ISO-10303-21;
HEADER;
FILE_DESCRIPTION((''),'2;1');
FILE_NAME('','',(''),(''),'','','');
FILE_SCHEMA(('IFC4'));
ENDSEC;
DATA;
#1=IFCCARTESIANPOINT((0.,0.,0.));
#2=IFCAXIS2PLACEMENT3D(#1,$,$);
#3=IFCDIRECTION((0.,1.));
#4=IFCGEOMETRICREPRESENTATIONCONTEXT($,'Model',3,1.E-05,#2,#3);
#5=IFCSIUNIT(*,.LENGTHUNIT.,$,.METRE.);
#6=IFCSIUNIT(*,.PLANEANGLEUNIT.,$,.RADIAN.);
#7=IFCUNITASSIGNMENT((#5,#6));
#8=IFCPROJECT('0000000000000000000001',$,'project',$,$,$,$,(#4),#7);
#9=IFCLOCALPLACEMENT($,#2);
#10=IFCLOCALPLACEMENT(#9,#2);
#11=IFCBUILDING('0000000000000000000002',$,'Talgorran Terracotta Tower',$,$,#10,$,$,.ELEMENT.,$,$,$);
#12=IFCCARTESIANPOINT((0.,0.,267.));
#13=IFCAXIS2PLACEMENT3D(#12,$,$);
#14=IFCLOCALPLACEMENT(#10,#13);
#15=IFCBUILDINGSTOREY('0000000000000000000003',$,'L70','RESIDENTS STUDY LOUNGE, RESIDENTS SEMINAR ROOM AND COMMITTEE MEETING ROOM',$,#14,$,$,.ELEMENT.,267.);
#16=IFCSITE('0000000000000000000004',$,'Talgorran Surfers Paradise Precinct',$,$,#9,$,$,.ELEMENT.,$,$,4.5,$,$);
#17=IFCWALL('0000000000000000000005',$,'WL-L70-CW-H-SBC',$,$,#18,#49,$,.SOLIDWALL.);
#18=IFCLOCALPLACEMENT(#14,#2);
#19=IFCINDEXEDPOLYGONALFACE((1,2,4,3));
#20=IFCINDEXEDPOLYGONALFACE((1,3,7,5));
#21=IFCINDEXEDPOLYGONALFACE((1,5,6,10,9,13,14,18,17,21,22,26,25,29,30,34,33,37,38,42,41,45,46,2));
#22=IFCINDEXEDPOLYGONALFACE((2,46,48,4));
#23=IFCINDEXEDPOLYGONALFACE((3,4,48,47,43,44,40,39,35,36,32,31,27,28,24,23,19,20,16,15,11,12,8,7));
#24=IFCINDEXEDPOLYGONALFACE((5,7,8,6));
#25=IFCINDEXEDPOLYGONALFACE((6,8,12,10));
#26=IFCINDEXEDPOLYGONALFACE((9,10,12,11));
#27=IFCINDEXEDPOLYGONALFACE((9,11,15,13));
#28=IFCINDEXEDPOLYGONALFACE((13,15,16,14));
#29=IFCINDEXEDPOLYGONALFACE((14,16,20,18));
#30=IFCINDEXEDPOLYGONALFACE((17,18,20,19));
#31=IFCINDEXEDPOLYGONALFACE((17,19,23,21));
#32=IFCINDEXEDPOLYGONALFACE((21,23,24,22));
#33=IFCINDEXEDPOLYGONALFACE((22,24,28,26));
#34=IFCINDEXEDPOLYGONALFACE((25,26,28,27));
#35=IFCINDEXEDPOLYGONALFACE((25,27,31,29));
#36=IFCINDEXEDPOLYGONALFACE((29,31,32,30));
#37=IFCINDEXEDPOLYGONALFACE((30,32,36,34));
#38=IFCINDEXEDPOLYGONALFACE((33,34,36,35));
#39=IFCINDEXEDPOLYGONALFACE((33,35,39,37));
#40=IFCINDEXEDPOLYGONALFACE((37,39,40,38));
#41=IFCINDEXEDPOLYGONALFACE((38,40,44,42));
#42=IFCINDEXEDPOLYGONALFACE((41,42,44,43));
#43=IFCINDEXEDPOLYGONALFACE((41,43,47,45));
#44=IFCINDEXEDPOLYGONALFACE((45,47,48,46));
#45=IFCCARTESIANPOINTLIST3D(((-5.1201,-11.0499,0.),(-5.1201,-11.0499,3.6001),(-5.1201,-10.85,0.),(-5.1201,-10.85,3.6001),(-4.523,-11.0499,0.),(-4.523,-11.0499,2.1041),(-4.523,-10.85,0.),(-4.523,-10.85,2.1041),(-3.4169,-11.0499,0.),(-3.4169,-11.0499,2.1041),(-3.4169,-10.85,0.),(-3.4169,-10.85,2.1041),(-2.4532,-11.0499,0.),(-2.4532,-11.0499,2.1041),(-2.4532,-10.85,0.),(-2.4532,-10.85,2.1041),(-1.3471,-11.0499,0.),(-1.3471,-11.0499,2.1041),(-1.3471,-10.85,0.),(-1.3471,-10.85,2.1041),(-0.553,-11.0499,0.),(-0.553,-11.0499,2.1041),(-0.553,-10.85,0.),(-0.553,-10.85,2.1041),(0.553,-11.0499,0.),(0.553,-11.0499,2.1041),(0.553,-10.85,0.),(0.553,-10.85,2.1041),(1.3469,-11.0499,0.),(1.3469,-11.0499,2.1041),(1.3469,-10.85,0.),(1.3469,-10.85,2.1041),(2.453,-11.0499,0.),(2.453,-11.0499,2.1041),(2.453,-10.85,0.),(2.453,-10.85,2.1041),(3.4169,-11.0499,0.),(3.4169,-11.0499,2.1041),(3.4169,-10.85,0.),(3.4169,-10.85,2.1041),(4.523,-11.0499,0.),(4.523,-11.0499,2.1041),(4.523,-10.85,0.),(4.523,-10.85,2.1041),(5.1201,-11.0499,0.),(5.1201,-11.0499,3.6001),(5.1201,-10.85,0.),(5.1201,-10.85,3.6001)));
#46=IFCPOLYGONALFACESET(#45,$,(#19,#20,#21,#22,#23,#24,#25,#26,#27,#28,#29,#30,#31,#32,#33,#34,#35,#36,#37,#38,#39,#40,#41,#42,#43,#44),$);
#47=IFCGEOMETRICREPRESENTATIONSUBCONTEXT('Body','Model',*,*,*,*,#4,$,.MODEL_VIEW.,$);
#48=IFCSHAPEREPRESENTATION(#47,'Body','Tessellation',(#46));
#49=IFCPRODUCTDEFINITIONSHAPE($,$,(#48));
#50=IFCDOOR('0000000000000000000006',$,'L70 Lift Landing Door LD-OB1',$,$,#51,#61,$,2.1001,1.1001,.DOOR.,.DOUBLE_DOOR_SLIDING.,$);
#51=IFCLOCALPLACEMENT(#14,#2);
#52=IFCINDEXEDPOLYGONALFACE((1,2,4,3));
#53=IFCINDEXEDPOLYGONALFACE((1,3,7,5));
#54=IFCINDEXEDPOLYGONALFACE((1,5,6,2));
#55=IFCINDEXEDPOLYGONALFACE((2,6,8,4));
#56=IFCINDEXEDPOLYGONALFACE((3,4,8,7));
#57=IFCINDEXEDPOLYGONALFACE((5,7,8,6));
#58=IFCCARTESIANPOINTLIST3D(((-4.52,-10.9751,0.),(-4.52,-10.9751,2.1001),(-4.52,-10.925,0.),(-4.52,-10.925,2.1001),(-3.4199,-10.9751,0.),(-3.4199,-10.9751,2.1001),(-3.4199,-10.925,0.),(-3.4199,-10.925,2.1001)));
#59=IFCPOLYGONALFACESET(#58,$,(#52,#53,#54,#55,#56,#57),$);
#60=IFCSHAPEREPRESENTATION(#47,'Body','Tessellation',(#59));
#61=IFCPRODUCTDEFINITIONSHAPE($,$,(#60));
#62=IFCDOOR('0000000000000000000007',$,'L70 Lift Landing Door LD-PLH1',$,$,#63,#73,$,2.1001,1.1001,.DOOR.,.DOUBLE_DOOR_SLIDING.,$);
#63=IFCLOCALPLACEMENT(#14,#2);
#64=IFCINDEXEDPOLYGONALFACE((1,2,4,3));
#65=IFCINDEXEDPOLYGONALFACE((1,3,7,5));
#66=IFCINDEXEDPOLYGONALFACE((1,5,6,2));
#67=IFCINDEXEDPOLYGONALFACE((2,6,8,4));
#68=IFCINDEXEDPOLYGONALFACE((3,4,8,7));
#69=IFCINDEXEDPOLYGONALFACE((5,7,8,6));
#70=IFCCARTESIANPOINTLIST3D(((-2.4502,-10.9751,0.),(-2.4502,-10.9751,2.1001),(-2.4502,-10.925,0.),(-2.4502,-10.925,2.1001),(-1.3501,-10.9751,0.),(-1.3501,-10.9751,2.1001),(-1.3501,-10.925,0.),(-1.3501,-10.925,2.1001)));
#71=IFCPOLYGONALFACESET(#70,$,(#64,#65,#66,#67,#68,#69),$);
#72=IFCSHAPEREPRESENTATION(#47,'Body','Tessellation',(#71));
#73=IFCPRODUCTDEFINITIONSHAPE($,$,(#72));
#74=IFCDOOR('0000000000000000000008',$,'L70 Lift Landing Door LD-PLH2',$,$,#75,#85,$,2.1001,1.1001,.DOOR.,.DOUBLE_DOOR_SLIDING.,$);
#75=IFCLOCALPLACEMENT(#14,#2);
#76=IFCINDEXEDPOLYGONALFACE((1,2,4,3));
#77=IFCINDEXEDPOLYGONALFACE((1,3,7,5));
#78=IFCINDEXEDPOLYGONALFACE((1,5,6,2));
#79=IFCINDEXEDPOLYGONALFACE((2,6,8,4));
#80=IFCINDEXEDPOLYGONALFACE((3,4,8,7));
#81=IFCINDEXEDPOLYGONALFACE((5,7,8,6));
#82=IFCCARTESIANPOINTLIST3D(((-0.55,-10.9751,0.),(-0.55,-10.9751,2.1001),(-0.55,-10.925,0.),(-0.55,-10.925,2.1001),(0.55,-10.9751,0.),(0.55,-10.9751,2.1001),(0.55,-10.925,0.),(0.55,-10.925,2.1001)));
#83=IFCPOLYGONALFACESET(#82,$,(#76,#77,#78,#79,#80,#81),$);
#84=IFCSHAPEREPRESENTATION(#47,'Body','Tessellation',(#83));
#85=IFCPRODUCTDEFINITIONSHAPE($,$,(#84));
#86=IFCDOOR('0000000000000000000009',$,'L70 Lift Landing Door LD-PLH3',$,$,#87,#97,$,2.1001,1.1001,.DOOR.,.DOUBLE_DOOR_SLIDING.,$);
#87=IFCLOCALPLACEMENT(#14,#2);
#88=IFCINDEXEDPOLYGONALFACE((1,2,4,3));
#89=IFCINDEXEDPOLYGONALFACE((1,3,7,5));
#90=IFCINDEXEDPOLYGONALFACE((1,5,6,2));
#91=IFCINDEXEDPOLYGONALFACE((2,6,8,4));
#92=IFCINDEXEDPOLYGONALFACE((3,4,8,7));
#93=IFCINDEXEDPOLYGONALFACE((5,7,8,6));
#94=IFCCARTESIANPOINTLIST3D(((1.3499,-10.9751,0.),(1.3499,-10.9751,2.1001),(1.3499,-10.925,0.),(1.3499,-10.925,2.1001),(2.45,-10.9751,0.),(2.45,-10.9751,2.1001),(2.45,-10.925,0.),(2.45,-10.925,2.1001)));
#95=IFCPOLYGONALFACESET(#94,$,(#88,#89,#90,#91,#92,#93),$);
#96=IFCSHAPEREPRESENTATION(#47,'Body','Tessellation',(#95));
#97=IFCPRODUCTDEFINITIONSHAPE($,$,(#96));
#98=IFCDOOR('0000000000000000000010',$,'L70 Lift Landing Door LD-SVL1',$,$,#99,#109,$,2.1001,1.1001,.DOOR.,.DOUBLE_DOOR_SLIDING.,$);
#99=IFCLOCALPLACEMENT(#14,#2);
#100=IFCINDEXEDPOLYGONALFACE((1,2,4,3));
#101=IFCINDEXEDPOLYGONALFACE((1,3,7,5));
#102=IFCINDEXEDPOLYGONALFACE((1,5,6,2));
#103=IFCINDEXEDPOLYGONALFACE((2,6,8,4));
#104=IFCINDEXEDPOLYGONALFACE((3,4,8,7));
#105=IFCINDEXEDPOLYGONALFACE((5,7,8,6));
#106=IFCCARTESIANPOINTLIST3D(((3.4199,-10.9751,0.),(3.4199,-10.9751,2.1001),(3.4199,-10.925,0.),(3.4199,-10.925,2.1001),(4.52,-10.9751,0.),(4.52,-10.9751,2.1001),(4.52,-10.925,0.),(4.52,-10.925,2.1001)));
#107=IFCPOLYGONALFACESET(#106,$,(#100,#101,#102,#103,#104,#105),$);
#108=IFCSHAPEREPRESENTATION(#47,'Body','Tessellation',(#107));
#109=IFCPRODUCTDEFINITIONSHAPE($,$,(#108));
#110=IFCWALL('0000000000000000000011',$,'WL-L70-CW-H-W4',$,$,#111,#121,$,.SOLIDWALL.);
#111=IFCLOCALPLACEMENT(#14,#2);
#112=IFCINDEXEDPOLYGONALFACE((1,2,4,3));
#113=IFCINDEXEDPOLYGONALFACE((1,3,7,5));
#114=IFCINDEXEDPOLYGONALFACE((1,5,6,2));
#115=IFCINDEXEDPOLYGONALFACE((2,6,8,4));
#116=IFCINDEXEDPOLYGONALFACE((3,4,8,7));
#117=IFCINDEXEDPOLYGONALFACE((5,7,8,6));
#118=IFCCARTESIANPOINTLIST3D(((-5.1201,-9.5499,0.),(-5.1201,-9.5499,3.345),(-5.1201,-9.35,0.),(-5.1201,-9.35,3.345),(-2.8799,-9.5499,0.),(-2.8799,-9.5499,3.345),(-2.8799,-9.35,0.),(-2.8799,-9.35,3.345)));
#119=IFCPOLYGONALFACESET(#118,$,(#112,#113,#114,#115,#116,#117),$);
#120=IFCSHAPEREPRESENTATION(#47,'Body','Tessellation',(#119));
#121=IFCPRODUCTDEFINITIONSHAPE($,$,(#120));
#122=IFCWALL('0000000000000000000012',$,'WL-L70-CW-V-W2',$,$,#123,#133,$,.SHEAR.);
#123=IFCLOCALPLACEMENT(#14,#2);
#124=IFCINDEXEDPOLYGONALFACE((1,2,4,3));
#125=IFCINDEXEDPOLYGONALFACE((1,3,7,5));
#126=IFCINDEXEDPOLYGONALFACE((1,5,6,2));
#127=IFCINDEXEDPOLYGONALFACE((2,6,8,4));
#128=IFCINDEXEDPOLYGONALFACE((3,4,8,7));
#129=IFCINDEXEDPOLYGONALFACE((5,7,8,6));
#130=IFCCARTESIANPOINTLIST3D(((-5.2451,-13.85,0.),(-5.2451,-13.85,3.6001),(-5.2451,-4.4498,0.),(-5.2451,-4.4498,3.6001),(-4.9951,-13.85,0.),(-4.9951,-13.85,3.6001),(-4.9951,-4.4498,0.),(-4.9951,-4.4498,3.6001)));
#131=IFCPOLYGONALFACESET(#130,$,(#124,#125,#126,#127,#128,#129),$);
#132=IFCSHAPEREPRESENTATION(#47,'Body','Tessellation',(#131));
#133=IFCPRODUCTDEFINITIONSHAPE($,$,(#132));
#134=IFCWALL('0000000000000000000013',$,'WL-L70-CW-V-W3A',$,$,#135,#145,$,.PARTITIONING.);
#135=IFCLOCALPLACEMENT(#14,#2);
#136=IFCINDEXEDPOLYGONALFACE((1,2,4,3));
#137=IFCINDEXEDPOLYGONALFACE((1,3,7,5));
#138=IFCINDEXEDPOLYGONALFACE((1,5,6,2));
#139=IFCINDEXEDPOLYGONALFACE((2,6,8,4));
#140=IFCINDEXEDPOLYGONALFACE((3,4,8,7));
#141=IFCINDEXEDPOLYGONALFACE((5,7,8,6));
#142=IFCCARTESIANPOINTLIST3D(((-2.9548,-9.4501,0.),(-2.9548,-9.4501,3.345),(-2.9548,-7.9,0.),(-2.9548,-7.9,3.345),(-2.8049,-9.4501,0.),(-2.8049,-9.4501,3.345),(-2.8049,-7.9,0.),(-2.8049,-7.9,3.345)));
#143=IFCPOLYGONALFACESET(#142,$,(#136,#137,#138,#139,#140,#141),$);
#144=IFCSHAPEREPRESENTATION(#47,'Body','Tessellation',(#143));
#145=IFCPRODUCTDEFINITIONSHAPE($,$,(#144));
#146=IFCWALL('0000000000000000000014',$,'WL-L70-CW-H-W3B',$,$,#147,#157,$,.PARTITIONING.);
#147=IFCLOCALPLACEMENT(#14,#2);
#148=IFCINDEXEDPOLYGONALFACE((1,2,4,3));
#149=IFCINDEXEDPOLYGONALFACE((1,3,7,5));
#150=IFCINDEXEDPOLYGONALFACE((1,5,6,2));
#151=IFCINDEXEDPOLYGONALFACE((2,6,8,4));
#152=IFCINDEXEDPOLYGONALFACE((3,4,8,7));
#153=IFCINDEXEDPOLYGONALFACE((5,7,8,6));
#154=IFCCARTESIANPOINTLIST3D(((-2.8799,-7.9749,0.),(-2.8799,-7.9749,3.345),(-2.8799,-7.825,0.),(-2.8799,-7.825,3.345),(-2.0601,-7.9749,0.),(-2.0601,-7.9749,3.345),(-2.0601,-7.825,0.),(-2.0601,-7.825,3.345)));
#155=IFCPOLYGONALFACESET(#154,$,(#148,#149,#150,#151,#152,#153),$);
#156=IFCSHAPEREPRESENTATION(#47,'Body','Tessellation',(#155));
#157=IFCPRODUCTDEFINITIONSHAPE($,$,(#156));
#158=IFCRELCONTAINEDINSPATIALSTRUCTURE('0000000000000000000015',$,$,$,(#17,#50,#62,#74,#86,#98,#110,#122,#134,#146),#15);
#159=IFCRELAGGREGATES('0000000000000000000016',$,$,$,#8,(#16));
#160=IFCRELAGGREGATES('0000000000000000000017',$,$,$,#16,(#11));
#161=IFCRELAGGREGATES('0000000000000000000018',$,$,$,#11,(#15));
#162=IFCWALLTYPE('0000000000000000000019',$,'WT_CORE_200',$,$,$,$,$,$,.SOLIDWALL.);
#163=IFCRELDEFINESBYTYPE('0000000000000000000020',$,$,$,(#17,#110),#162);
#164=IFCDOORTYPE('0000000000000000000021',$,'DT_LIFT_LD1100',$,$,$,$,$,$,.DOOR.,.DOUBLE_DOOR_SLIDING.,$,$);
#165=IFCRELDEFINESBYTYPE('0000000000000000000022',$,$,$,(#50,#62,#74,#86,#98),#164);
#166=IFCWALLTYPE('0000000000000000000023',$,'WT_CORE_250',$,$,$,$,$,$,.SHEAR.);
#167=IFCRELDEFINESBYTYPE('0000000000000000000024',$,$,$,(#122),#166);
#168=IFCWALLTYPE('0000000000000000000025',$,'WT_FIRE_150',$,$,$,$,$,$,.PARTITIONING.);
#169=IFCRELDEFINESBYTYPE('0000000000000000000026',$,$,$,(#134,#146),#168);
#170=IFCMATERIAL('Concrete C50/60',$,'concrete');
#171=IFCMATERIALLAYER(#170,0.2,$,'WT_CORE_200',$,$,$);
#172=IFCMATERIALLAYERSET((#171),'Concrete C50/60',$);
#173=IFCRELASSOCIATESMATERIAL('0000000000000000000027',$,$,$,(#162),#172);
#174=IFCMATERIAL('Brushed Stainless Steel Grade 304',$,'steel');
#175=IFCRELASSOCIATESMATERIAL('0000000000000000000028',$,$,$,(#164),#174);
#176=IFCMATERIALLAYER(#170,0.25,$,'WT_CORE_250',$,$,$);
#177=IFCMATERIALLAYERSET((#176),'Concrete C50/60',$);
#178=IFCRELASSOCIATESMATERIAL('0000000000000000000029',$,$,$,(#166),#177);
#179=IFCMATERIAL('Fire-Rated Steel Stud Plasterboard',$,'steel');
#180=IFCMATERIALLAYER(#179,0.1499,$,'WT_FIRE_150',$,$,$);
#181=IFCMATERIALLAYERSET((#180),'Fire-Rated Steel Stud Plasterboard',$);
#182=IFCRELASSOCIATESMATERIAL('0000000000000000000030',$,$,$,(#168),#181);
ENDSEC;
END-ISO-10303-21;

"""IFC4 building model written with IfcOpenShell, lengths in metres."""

from ifc_helpers import new_model, si_unit, direction, frame, frame_2d, origin, place, context, subcontext, project, spatial, rectangle, extrude, material, layer, layer_set, type_object, element, fill, save


model = new_model("IFC4")

# Units and contexts
model_context = context("Model", 3, precision=1e-05, world=origin(), true_north=direction((0.0, 1.0)))
body_context = subcontext(model_context, "Body", "Model", "MODEL_VIEW")
ifc_project = project(units=[si_unit("LENGTHUNIT", "METRE"), si_unit("PLANEANGLEUNIT", "RADIAN")], contexts=[model_context])

# Site, building, storey
site_placement = place(None, origin())
site = spatial("IfcSite", under=ifc_project, at=site_placement, Name="Talgorran Surfers Paradise Precinct", CompositionType="ELEMENT", RefElevation=4.5)
building_placement = place(site_placement, origin())
building = spatial("IfcBuilding", under=site, at=building_placement, Name="Talgorran Terracotta Tower", CompositionType="ELEMENT")
storey_placement = place(building_placement, frame((0.0, 0.0, 267.0)))
storey = spatial("IfcBuildingStorey", under=building, at=storey_placement, Name="L70", Description="RESIDENTS STUDY LOUNGE, RESIDENTS SEMINAR ROOM AND COMMITTEE MEETING ROOM", CompositionType="ELEMENT", Elevation=267.0)

# Shared definitions
ifc_material_1 = material(Name="Concrete C50/60", Category="concrete")

# Wall, openings, doors
ifc_layer_1 = layer(ifc_material_1, 0.2, Name="WT_CORE_200")
ifc_layer_set_1 = layer_set([ifc_layer_1], Name="Concrete C50/60")
wall_type_1 = type_object("IfcWallType", Name="WT_CORE_200", PredefinedType="SOLIDWALL", material=ifc_layer_set_1)
wall_1_placement = place(storey_placement, frame((-5.1201, -10.95, 0.0), z_axis=(0.0, 0.0, 1.0), x_axis=(1.0, 0.0, 0.0)))
wall_1 = element("IfcWall", 1, at=wall_1_placement, inside=storey, type_object=wall_type_1, Name="WL-L70-CW-H-SBC", PredefinedType="SOLIDWALL", context=body_context, shape_type="SweptSolid", body=[
    extrude(rectangle(XDim=10.2402, YDim=0.2, at=frame_2d((5.1201, 0.0))), origin(), (0.0, 0.0, 1.0), 3.6001),
])
opening_1_placement = place(wall_1_placement, frame((0.6001, 0.0, 0.0)))
opening_1 = element("IfcOpeningElement", 2, at=opening_1_placement, cuts=wall_1, PredefinedType="OPENING", context=body_context, shape_type="SweptSolid", body=[
    extrude(rectangle(XDim=1.1061, YDim=2.1041, at=frame_2d((0.55, 1.052))), frame((0.0, 0.1099, 0.0), z_axis=(0.0, -1.0, 0.0), x_axis=(1.0, 0.0, 0.0)), (0.0, 0.0, 1.0), 0.22),
])
opening_2_placement = place(wall_1_placement, frame((2.6699, 0.0, 0.0)))
opening_2 = element("IfcOpeningElement", 3, at=opening_2_placement, cuts=wall_1, PredefinedType="OPENING", context=body_context, shape_type="SweptSolid", body=[
    extrude(rectangle(XDim=1.1061, YDim=2.1041, at=frame_2d((0.55, 1.052))), frame((0.0, 0.1099, 0.0), z_axis=(0.0, -1.0, 0.0), x_axis=(1.0, 0.0, 0.0)), (0.0, 0.0, 1.0), 0.22),
])
opening_3_placement = place(wall_1_placement, frame((4.5701, 0.0, 0.0)))
opening_3 = element("IfcOpeningElement", 4, at=opening_3_placement, cuts=wall_1, PredefinedType="OPENING", context=body_context, shape_type="SweptSolid", body=[
    extrude(rectangle(XDim=1.1061, YDim=2.1041, at=frame_2d((0.55, 1.052))), frame((0.0, 0.1099, 0.0), z_axis=(0.0, -1.0, 0.0), x_axis=(1.0, 0.0, 0.0)), (0.0, 0.0, 1.0), 0.22),
])
opening_4_placement = place(wall_1_placement, frame((6.47, 0.0, 0.0)))
opening_4 = element("IfcOpeningElement", 5, at=opening_4_placement, cuts=wall_1, PredefinedType="OPENING", context=body_context, shape_type="SweptSolid", body=[
    extrude(rectangle(XDim=1.1061, YDim=2.1041, at=frame_2d((0.55, 1.052))), frame((0.0, 0.1099, 0.0), z_axis=(0.0, -1.0, 0.0), x_axis=(1.0, 0.0, 0.0)), (0.0, 0.0, 1.0), 0.22),
])
opening_5_placement = place(wall_1_placement, frame((8.54, 0.0, 0.0)))
opening_5 = element("IfcOpeningElement", 6, at=opening_5_placement, cuts=wall_1, PredefinedType="OPENING", context=body_context, shape_type="SweptSolid", body=[
    extrude(rectangle(XDim=1.1061, YDim=2.1041, at=frame_2d((0.55, 1.052))), frame((0.0, 0.1099, 0.0), z_axis=(0.0, -1.0, 0.0), x_axis=(1.0, 0.0, 0.0)), (0.0, 0.0, 1.0), 0.22),
])
ifc_material_2 = material(Name="Brushed Stainless Steel Grade 304", Category="steel")
door_type_1 = type_object("IfcDoorType", Name="DT_LIFT_LD1100", OperationType="DOUBLE_DOOR_SLIDING", PredefinedType="DOOR", material=ifc_material_2)
door_1_placement = place(opening_1_placement, origin())
door_1 = element("IfcDoor", 7, at=door_1_placement, inside=storey, type_object=door_type_1, Name="L70 Lift Landing Door LD-OB1", OperationType="DOUBLE_DOOR_SLIDING", OverallHeight=2.1001, OverallWidth=1.1001, PredefinedType="DOOR", context=body_context, shape_type="SweptSolid", body=[
    extrude(rectangle(XDim=1.1001, YDim=2.1001, at=frame_2d((0.55, 1.05))), frame((0.0, 0.0249, 0.0), z_axis=(0.0, -1.0, 0.0), x_axis=(1.0, 0.0, 0.0)), (0.0, 0.0, 1.0), 0.05),
])
fill(opening_1, door_1)
door_2_placement = place(opening_2_placement, origin())
door_2 = element("IfcDoor", 8, at=door_2_placement, inside=storey, type_object=door_type_1, Name="L70 Lift Landing Door LD-PLH1", OperationType="DOUBLE_DOOR_SLIDING", OverallHeight=2.1001, OverallWidth=1.1001, PredefinedType="DOOR", context=body_context, shape_type="SweptSolid", body=[
    extrude(rectangle(XDim=1.1001, YDim=2.1001, at=frame_2d((0.55, 1.05))), frame((0.0, 0.0249, 0.0), z_axis=(0.0, -1.0, 0.0), x_axis=(1.0, 0.0, 0.0)), (0.0, 0.0, 1.0), 0.05),
])
fill(opening_2, door_2)
door_3_placement = place(opening_3_placement, origin())
door_3 = element("IfcDoor", 9, at=door_3_placement, inside=storey, type_object=door_type_1, Name="L70 Lift Landing Door LD-PLH2", OperationType="DOUBLE_DOOR_SLIDING", OverallHeight=2.1001, OverallWidth=1.1001, PredefinedType="DOOR", context=body_context, shape_type="SweptSolid", body=[
    extrude(rectangle(XDim=1.1001, YDim=2.1001, at=frame_2d((0.55, 1.05))), frame((0.0, 0.0249, 0.0), z_axis=(0.0, -1.0, 0.0), x_axis=(1.0, 0.0, 0.0)), (0.0, 0.0, 1.0), 0.05),
])
fill(opening_3, door_3)
door_4_placement = place(opening_4_placement, origin())
door_4 = element("IfcDoor", 10, at=door_4_placement, inside=storey, type_object=door_type_1, Name="L70 Lift Landing Door LD-PLH3", OperationType="DOUBLE_DOOR_SLIDING", OverallHeight=2.1001, OverallWidth=1.1001, PredefinedType="DOOR", context=body_context, shape_type="SweptSolid", body=[
    extrude(rectangle(XDim=1.1001, YDim=2.1001, at=frame_2d((0.55, 1.05))), frame((0.0, 0.0249, 0.0), z_axis=(0.0, -1.0, 0.0), x_axis=(1.0, 0.0, 0.0)), (0.0, 0.0, 1.0), 0.05),
])
fill(opening_4, door_4)
door_5_placement = place(opening_5_placement, origin())
door_5 = element("IfcDoor", 11, at=door_5_placement, inside=storey, type_object=door_type_1, Name="L70 Lift Landing Door LD-SVL1", OperationType="DOUBLE_DOOR_SLIDING", OverallHeight=2.1001, OverallWidth=1.1001, PredefinedType="DOOR", context=body_context, shape_type="SweptSolid", body=[
    extrude(rectangle(XDim=1.1001, YDim=2.1001, at=frame_2d((0.55, 1.05))), frame((0.0, 0.0249, 0.0), z_axis=(0.0, -1.0, 0.0), x_axis=(1.0, 0.0, 0.0)), (0.0, 0.0, 1.0), 0.05),
])
fill(opening_5, door_5)

# Walls
wall_2_placement = place(storey_placement, frame((-5.1201, -9.45, 0.0), z_axis=(0.0, 0.0, 1.0), x_axis=(1.0, 0.0, 0.0)))
element("IfcWall", 12, at=wall_2_placement, inside=storey, type_object=wall_type_1, Name="WL-L70-CW-H-W4", PredefinedType="SOLIDWALL", context=body_context, shape_type="SweptSolid", body=[
    extrude(rectangle(XDim=2.2402, YDim=0.2, at=frame_2d((1.1201, 0.0))), origin(), (0.0, 0.0, 1.0), 3.345),
])
ifc_layer_2 = layer(ifc_material_1, 0.25, Name="WT_CORE_250")
ifc_layer_set_2 = layer_set([ifc_layer_2], Name="Concrete C50/60")
wall_type_2 = type_object("IfcWallType", Name="WT_CORE_250", PredefinedType="SHEAR", material=ifc_layer_set_2)
wall_3_placement = place(storey_placement, frame((-5.1201, -13.8501, 0.0), z_axis=(0.0, 0.0, 1.0), x_axis=(0.0, 1.0, 0.0)))
element("IfcWall", 13, at=wall_3_placement, inside=storey, type_object=wall_type_2, Name="WL-L70-CW-V-W2", PredefinedType="SHEAR", context=body_context, shape_type="SweptSolid", body=[
    extrude(rectangle(XDim=9.4001, YDim=0.25, at=frame_2d((4.7002, 0.0))), origin(), (0.0, 0.0, 1.0), 3.6001),
])
ifc_material_3 = material(Name="Fire-Rated Steel Stud Plasterboard", Category="steel")
ifc_layer_3 = layer(ifc_material_3, 0.1499, Name="WT_FIRE_150")
ifc_layer_set_3 = layer_set([ifc_layer_3], Name="Fire-Rated Steel Stud Plasterboard")
wall_type_3 = type_object("IfcWallType", Name="WT_FIRE_150", PredefinedType="PARTITIONING", material=ifc_layer_set_3)
wall_4_placement = place(storey_placement, frame((-2.8799, -9.45, 0.0), z_axis=(0.0, 0.0, 1.0), x_axis=(0.0, 1.0, 0.0)))
element("IfcWall", 14, at=wall_4_placement, inside=storey, type_object=wall_type_3, Name="WL-L70-CW-V-W3A", PredefinedType="PARTITIONING", context=body_context, shape_type="SweptSolid", body=[
    extrude(rectangle(XDim=1.55, YDim=0.1499, at=frame_2d((0.7749, 0.0))), origin(), (0.0, 0.0, 1.0), 3.345),
])
wall_5_placement = place(storey_placement, frame((-2.8799, -7.8999, 0.0), z_axis=(0.0, 0.0, 1.0), x_axis=(1.0, 0.0, 0.0)))
element("IfcWall", 15, at=wall_5_placement, inside=storey, type_object=wall_type_3, Name="WL-L70-CW-H-W3B", PredefinedType="PARTITIONING", context=body_context, shape_type="SweptSolid", body=[
    extrude(rectangle(XDim=0.8198, YDim=0.1499, at=frame_2d((0.4099, 0.0))), origin(), (0.0, 0.0, 1.0), 3.345),
])

save(model, "model.ifc")
